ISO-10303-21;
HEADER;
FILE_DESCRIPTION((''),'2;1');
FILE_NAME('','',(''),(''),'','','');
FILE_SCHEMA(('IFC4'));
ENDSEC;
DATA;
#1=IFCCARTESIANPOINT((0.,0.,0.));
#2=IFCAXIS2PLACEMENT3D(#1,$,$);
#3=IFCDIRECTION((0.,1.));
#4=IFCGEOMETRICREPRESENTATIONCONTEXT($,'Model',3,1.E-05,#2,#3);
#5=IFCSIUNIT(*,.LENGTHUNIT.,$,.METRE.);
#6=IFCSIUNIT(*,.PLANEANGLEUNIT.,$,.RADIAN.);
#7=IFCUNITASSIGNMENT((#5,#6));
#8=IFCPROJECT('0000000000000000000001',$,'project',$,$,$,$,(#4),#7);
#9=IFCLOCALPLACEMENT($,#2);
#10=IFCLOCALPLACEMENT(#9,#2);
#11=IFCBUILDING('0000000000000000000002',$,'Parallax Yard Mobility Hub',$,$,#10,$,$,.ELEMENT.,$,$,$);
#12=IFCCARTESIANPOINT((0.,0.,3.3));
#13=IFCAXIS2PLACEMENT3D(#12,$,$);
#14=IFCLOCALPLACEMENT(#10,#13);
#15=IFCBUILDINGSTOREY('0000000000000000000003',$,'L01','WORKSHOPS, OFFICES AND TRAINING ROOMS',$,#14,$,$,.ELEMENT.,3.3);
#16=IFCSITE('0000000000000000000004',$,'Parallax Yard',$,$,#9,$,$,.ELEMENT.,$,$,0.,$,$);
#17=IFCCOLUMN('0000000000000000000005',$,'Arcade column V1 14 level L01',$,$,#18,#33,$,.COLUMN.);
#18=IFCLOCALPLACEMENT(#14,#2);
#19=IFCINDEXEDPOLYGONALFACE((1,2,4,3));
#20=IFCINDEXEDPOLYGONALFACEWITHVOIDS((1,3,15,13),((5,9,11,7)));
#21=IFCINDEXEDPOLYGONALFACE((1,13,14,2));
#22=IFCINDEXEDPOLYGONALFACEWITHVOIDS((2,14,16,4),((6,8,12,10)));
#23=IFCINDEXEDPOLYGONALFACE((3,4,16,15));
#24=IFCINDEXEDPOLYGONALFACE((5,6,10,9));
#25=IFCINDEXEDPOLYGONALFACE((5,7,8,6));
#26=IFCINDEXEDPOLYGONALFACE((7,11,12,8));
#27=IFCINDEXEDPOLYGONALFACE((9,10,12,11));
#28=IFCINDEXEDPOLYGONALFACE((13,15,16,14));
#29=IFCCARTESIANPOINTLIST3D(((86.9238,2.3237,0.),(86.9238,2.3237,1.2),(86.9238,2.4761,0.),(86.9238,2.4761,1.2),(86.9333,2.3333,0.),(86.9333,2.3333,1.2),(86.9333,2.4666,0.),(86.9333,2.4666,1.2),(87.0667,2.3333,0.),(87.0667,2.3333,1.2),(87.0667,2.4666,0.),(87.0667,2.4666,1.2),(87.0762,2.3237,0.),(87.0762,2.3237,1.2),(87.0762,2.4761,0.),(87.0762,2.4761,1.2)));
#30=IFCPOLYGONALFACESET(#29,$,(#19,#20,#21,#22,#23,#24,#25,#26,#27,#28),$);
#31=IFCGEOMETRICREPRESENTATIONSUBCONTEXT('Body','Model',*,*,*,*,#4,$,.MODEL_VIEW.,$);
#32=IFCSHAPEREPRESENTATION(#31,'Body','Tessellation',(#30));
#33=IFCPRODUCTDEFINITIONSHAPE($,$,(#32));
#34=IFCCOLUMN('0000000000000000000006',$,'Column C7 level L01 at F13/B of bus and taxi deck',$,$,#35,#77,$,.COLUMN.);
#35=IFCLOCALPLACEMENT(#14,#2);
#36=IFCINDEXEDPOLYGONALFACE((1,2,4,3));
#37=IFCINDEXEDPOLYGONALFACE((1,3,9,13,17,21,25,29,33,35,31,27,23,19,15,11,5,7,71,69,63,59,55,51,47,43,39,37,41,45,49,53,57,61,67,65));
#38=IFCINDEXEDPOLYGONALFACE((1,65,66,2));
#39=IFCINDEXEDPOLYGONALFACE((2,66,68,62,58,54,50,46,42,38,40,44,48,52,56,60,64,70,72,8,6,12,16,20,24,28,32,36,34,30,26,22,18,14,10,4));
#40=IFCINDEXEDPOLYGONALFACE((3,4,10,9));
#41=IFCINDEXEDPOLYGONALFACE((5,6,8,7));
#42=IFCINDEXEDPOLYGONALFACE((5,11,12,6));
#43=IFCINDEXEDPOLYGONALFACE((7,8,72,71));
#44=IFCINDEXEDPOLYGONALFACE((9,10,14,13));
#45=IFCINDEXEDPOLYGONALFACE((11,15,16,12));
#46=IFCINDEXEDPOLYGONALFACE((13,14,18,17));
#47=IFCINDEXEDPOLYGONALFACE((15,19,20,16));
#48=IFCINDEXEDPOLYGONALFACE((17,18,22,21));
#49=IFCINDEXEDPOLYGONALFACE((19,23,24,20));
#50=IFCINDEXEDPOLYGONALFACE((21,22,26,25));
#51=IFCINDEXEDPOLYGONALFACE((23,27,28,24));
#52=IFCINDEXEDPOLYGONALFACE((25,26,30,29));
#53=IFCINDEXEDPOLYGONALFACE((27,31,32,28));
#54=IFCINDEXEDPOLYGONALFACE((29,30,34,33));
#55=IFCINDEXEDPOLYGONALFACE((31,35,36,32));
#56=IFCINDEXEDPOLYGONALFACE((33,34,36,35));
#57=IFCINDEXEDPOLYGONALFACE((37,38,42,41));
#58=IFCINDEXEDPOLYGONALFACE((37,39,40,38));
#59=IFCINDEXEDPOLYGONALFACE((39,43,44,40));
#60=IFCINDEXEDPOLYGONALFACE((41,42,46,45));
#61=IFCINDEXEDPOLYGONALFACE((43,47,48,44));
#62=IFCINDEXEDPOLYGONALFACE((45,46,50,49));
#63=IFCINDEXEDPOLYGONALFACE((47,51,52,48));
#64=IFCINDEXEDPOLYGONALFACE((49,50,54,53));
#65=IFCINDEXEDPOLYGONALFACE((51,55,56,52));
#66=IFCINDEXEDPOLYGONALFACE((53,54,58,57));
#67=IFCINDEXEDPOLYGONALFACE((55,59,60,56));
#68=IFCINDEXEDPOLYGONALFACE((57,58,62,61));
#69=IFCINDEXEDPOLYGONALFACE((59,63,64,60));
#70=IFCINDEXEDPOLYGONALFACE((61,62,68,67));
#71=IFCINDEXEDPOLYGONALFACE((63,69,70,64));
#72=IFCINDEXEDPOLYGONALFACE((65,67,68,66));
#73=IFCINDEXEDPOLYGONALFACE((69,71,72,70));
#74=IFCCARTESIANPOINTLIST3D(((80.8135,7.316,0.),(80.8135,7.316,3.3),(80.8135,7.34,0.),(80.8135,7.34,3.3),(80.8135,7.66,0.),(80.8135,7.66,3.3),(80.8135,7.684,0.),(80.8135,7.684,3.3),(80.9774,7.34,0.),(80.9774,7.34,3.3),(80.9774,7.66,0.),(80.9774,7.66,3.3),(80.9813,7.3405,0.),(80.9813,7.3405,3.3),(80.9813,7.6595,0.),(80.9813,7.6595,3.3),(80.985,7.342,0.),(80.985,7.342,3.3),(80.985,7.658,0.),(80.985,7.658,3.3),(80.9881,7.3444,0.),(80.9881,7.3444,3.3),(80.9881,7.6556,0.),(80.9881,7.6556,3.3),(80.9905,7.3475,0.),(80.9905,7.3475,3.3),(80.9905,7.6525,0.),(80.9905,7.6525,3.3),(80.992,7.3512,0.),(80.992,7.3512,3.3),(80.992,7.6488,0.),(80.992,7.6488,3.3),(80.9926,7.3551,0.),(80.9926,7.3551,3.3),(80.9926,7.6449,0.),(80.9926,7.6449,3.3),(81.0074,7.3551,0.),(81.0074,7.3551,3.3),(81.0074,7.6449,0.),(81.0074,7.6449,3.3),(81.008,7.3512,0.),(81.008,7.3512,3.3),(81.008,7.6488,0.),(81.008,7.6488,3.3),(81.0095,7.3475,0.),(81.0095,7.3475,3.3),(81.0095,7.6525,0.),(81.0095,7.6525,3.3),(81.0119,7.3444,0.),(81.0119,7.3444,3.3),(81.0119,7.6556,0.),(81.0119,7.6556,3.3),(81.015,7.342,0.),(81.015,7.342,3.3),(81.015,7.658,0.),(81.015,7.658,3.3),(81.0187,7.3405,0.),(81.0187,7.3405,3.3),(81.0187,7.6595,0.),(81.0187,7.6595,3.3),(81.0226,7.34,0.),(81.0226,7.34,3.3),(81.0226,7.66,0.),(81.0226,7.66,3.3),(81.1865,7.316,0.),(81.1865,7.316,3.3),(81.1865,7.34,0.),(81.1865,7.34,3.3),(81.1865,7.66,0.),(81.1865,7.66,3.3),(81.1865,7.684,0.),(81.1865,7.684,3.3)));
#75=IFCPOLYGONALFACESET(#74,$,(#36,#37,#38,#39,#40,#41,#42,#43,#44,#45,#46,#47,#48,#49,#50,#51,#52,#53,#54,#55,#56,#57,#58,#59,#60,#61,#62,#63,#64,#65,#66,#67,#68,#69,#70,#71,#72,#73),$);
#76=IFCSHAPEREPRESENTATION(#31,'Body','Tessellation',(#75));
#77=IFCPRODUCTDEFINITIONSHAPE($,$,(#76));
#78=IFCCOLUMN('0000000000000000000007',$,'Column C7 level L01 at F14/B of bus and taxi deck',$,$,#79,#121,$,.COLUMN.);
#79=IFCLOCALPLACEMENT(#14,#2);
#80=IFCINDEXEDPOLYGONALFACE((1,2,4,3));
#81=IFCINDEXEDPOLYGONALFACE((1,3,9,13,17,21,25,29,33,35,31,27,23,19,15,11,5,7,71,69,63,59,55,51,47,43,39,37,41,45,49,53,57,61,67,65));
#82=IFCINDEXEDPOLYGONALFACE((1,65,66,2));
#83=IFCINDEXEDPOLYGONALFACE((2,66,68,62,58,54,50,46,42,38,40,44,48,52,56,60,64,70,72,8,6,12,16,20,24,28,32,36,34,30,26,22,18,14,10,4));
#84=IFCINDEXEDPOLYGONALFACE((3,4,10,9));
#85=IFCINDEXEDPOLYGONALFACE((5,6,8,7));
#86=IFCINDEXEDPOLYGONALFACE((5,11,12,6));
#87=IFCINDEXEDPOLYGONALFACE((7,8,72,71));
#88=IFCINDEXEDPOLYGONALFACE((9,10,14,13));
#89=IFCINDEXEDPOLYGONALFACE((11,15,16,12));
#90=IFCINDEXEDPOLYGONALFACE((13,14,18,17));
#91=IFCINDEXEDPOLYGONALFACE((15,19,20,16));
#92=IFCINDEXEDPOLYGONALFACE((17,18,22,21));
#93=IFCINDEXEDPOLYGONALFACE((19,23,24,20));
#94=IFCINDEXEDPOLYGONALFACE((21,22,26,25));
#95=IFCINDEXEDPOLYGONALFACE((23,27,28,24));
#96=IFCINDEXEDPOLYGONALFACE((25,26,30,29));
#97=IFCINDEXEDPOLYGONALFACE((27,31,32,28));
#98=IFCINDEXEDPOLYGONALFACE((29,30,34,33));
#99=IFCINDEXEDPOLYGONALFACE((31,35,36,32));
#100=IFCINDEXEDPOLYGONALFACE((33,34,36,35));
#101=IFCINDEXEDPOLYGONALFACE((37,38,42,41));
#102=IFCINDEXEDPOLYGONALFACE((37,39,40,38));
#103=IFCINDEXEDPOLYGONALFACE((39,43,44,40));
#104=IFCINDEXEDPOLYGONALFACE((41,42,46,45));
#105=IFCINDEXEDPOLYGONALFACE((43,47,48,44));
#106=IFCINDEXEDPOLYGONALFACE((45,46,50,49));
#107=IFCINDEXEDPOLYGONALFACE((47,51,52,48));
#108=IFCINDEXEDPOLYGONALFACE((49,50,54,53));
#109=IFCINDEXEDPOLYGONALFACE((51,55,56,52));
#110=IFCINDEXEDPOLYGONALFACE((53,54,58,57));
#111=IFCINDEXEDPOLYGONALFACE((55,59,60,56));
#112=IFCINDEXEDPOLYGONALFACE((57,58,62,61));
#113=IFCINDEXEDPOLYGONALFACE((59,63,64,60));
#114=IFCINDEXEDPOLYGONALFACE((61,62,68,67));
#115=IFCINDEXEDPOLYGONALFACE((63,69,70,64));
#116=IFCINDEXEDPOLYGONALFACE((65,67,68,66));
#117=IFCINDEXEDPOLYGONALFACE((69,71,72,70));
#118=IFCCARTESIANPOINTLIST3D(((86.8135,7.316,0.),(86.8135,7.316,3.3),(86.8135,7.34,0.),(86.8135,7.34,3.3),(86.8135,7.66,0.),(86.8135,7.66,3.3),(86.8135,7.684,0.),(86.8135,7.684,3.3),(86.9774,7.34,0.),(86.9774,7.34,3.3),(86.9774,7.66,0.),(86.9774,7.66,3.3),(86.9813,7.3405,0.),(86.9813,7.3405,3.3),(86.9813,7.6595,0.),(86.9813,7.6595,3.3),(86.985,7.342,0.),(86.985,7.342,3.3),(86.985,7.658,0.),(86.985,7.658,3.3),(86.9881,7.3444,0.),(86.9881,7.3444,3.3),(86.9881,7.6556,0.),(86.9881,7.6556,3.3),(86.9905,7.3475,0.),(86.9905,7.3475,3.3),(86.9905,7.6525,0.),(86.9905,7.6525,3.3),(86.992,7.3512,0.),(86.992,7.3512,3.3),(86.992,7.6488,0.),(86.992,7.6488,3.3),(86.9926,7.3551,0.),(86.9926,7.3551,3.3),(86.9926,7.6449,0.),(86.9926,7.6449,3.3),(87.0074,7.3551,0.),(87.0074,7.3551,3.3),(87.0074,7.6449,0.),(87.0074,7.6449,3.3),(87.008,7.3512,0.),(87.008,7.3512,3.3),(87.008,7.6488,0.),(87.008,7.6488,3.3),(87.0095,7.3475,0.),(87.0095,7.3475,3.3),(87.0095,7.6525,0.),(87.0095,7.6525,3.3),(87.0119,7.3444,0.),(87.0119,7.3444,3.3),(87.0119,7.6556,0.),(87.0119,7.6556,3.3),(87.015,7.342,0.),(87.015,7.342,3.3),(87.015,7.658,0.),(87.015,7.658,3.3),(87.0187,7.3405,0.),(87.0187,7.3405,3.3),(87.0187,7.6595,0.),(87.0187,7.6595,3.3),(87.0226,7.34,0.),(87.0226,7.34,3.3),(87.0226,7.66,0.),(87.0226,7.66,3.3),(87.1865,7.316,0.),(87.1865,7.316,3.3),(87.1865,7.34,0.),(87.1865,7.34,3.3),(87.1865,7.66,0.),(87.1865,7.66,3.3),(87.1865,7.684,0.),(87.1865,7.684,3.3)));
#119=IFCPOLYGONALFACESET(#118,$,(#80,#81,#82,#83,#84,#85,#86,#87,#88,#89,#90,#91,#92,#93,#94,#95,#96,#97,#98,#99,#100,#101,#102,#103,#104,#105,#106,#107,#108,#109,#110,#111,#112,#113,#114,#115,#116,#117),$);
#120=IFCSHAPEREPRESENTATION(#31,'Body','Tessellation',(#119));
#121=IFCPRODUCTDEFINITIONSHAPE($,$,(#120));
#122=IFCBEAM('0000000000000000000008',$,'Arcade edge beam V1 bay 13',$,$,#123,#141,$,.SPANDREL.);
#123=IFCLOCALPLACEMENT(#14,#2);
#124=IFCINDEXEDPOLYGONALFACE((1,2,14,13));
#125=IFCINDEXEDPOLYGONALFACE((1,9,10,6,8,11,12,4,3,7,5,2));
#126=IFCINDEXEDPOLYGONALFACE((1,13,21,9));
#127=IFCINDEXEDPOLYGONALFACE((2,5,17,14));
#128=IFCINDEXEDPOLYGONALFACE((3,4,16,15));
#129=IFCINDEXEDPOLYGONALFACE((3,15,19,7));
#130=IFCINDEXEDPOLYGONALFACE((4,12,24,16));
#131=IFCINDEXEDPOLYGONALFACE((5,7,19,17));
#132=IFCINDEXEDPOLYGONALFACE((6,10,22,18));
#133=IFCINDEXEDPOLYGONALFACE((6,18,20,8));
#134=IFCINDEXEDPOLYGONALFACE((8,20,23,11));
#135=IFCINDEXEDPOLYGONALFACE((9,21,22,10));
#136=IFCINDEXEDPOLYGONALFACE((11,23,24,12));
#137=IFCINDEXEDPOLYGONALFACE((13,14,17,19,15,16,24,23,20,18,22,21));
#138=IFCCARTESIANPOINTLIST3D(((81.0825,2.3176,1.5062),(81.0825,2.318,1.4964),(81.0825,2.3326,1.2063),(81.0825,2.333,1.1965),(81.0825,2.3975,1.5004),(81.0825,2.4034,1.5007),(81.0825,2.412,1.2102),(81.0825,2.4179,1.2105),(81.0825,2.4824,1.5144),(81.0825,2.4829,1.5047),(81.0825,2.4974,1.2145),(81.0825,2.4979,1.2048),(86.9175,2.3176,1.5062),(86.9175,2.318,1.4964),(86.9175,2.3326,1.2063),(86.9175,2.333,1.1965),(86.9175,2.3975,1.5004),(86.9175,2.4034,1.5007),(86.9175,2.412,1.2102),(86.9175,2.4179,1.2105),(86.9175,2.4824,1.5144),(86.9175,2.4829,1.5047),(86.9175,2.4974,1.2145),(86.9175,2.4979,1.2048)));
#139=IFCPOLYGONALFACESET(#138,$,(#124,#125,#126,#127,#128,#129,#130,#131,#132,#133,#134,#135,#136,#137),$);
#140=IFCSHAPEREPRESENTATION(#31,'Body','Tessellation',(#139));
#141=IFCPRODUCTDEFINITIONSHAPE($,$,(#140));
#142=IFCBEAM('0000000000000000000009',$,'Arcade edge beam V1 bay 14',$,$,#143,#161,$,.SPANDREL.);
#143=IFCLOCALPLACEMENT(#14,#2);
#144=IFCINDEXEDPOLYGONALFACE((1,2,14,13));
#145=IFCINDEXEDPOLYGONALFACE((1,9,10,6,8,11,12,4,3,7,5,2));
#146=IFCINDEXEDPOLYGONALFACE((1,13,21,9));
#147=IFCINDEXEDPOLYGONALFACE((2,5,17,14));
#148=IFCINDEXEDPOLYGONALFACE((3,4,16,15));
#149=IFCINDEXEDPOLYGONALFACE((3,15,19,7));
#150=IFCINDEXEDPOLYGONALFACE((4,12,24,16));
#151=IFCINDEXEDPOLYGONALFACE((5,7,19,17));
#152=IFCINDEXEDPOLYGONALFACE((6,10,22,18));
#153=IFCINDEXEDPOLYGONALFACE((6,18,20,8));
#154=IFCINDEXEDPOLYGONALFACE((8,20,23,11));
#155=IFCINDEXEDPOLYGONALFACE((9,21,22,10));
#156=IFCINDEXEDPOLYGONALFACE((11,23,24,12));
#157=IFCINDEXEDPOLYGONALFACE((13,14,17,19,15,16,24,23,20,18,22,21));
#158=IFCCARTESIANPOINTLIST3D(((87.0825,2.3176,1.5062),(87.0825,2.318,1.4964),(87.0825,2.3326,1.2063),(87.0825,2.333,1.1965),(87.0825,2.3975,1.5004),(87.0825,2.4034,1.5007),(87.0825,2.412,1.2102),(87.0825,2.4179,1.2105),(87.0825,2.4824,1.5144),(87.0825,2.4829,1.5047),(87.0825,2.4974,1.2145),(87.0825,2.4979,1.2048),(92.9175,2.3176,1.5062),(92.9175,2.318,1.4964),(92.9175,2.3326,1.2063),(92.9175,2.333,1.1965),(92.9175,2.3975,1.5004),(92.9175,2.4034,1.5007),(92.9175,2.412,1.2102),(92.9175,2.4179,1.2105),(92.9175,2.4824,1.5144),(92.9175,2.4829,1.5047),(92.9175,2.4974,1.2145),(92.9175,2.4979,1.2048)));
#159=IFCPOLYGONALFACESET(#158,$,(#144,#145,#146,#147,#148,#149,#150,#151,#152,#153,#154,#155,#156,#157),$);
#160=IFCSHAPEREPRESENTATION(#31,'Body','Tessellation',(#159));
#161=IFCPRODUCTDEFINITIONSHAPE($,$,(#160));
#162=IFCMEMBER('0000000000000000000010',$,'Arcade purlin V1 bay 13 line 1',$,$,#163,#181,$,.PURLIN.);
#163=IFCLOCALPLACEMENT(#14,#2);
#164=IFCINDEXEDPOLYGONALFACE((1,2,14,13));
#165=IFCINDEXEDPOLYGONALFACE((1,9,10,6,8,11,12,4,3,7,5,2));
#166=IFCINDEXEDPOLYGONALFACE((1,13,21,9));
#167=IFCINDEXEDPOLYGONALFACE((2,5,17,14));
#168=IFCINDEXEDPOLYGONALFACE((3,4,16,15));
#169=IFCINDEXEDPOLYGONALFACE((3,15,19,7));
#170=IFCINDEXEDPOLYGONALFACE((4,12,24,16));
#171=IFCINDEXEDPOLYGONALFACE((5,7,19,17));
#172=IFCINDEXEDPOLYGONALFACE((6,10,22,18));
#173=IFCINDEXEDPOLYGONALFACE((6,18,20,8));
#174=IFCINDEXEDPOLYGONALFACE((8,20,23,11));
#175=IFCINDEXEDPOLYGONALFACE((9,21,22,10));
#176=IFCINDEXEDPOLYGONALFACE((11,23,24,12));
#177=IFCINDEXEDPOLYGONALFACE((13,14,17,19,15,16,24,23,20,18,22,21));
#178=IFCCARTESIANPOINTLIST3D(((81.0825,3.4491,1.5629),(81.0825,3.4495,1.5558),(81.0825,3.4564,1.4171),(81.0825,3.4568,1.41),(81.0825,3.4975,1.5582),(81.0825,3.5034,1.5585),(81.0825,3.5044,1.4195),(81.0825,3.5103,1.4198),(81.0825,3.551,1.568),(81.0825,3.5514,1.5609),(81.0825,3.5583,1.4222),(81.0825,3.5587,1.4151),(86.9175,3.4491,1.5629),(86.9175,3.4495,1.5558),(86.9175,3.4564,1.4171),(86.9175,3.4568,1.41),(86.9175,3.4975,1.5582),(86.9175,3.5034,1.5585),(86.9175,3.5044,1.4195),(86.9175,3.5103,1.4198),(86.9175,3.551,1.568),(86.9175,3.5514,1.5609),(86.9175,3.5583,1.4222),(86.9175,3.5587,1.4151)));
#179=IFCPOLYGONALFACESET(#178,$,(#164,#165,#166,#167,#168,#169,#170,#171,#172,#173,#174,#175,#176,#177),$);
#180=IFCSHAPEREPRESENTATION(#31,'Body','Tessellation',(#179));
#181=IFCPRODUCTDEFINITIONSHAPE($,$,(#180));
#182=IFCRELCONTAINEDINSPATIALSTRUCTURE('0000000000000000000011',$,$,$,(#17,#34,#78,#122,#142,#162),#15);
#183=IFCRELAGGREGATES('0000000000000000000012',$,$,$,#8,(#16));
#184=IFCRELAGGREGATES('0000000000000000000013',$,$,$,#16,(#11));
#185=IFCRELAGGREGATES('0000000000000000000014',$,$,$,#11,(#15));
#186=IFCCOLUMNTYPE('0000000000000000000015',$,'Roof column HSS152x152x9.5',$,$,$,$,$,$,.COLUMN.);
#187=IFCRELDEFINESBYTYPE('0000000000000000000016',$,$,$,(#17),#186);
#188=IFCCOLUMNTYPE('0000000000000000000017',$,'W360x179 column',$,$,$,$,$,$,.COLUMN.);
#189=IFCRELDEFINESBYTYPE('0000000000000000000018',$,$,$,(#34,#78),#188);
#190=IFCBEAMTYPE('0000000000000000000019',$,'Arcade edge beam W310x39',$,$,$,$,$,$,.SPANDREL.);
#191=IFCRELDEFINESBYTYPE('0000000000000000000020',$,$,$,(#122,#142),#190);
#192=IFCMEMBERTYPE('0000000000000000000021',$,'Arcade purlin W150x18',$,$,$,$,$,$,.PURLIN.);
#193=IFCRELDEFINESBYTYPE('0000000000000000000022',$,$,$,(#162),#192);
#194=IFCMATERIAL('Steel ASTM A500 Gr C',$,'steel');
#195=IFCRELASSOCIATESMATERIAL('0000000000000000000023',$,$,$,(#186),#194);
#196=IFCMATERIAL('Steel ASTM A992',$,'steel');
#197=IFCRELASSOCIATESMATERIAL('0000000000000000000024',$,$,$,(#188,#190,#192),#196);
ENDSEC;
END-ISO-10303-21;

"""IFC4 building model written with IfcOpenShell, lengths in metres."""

from ifc_helpers import new_model, si_unit, direction, frame, origin, origin_2d, place, context, subcontext, project, spatial, hollow_rectangle, i_section, extrude, material, material_profile, profile_set, type_object, element, save


model = new_model("IFC4")

# Units and contexts
model_context = context("Model", 3, precision=1e-05, world=origin(), true_north=direction((0.0, 1.0)))
body_context = subcontext(model_context, "Body", "Model", "MODEL_VIEW")
ifc_project = project(units=[si_unit("LENGTHUNIT", "METRE"), si_unit("PLANEANGLEUNIT", "RADIAN")], contexts=[model_context])

# Site, building, storey
site_placement = place(None, origin())
site = spatial("IfcSite", under=ifc_project, at=site_placement, Name="Parallax Yard", CompositionType="ELEMENT", RefElevation=0.0)
building_placement = place(site_placement, origin())
building = spatial("IfcBuilding", under=site, at=building_placement, Name="Parallax Yard Mobility Hub", CompositionType="ELEMENT")
storey_placement = place(building_placement, frame((0.0, 0.0, 3.3)))
storey = spatial("IfcBuildingStorey", under=building, at=storey_placement, Name="L01", Description="WORKSHOPS, OFFICES AND TRAINING ROOMS", CompositionType="ELEMENT", Elevation=3.3)

# Columns
ifc_material_1 = material(Name="Steel ASTM A500 Gr C", Category="steel")
ifc_material_profile_1 = material_profile(ifc_material_1, hollow_rectangle(XDim=0.1523, YDim=0.1523, WallThickness=0.0095, at=origin_2d()), Name="HSS152x152x9.5")
ifc_profile_set_1 = profile_set([ifc_material_profile_1], Name="Steel ASTM A500 Gr C")
column_type_1 = type_object("IfcColumnType", Name="Roof column HSS152x152x9.5", PredefinedType="COLUMN", material=ifc_profile_set_1)
column_placement = place(storey_placement, frame((87.0, 2.3999, 0.0), z_axis=(0.0, 0.0, 1.0), x_axis=(1.0, 0.0, 0.0)))
element("IfcColumn", 1, at=column_placement, inside=storey, type_object=column_type_1, Name="Arcade column V1 14 level L01", PredefinedType="COLUMN", context=body_context, shape_type="SweptSolid", body=[
    extrude(hollow_rectangle(XDim=0.1523, YDim=0.1523, WallThickness=0.0095, at=origin_2d()), origin(), (0.0, 0.0, 1.0), 1.2),
])
ifc_material_2 = material(Name="Steel ASTM A992", Category="steel")
ifc_material_profile_2 = material_profile(ifc_material_2, i_section(OverallWidth=0.373, OverallDepth=0.3679, WebThickness=0.0149, FlangeThickness=0.0239, FilletRadius=0.0151, at=origin_2d()), Name="W360x179")
ifc_profile_set_2 = profile_set([ifc_material_profile_2], Name="Steel ASTM A992")
column_type_2 = type_object("IfcColumnType", Name="W360x179 column", PredefinedType="COLUMN", material=ifc_profile_set_2)
for number, where, z_axis, x_axis, name in (
    (2, (81.0, 7.5, 0.0), (0.0, 0.0, 1.0), (1.0, 0.0, 0.0), "Column C7 level L01 at F13/B of bus and taxi deck"),
    (3, (87.0, 7.5, 0.0), (0.0, 0.0, 1.0), (1.0, 0.0, 0.0), "Column C7 level L01 at F14/B of bus and taxi deck"),
):
    element("IfcColumn", number, at=place(storey_placement, frame(where, z_axis=z_axis, x_axis=x_axis)), inside=storey, type_object=column_type_2, Name=name, PredefinedType="COLUMN", context=body_context, shape_type="SweptSolid", body=[
        extrude(i_section(OverallWidth=0.373, OverallDepth=0.3679, WebThickness=0.0149, FlangeThickness=0.0239, FilletRadius=0.0151, at=origin_2d()), origin(), (0.0, 0.0, 1.0), 3.3),
    ])

# Beams
ifc_material_profile_3 = material_profile(ifc_material_2, i_section(OverallWidth=0.165, OverallDepth=0.3101, WebThickness=0.0059, FlangeThickness=0.0098, at=origin_2d()), Name="W310x39")
ifc_profile_set_3 = profile_set([ifc_material_profile_3], Name="Steel ASTM A992")
beam_type_1 = type_object("IfcBeamType", Name="Arcade edge beam W310x39", PredefinedType="SPANDREL", material=ifc_profile_set_3)
for number, where, z_axis, x_axis, name in (
    (4, (81.0825, 2.4077, 1.3555), (1.0, 0.0, 0.0), (0.0, 0.998752, 0.049938), "Arcade edge beam V1 bay 13"),
    (5, (87.0825, 2.4077, 1.3555), (1.0, 0.0, 0.0), (0.0, 0.998752, 0.049938), "Arcade edge beam V1 bay 14"),
):
    element("IfcBeam", number, at=place(storey_placement, frame(where, z_axis=z_axis, x_axis=x_axis)), inside=storey, type_object=beam_type_1, Name=name, PredefinedType="SPANDREL", context=body_context, shape_type="SweptSolid", body=[
        extrude(i_section(OverallWidth=0.165, OverallDepth=0.3101, WebThickness=0.0059, FlangeThickness=0.0098, at=origin_2d()), origin(), (0.0, 0.0, 1.0), 5.835),
    ])

# Member
ifc_material_profile_4 = material_profile(ifc_material_2, i_section(OverallWidth=0.1021, OverallDepth=0.1531, WebThickness=0.0059, FlangeThickness=0.0071, at=origin_2d()), Name="W150x18")
ifc_profile_set_4 = profile_set([ifc_material_profile_4], Name="Steel ASTM A992")
member_type_1 = type_object("IfcMemberType", Name="Arcade purlin W150x18", PredefinedType="PURLIN", material=ifc_profile_set_4)
for number, where, z_axis, x_axis, name in (
    (6, (81.0825, 3.5039, 1.489), (1.0, 0.0, 0.0), (0.0, 0.998752, 0.049938), "Arcade purlin V1 bay 13 line 1"),
):
    element("IfcMember", number, at=place(storey_placement, frame(where, z_axis=z_axis, x_axis=x_axis)), inside=storey, type_object=member_type_1, Name=name, PredefinedType="PURLIN", context=body_context, shape_type="SweptSolid", body=[
        extrude(i_section(OverallWidth=0.1021, OverallDepth=0.1531, WebThickness=0.0059, FlangeThickness=0.0071, at=origin_2d()), origin(), (0.0, 0.0, 1.0), 5.835),
    ])

save(model, "model.ifc")
